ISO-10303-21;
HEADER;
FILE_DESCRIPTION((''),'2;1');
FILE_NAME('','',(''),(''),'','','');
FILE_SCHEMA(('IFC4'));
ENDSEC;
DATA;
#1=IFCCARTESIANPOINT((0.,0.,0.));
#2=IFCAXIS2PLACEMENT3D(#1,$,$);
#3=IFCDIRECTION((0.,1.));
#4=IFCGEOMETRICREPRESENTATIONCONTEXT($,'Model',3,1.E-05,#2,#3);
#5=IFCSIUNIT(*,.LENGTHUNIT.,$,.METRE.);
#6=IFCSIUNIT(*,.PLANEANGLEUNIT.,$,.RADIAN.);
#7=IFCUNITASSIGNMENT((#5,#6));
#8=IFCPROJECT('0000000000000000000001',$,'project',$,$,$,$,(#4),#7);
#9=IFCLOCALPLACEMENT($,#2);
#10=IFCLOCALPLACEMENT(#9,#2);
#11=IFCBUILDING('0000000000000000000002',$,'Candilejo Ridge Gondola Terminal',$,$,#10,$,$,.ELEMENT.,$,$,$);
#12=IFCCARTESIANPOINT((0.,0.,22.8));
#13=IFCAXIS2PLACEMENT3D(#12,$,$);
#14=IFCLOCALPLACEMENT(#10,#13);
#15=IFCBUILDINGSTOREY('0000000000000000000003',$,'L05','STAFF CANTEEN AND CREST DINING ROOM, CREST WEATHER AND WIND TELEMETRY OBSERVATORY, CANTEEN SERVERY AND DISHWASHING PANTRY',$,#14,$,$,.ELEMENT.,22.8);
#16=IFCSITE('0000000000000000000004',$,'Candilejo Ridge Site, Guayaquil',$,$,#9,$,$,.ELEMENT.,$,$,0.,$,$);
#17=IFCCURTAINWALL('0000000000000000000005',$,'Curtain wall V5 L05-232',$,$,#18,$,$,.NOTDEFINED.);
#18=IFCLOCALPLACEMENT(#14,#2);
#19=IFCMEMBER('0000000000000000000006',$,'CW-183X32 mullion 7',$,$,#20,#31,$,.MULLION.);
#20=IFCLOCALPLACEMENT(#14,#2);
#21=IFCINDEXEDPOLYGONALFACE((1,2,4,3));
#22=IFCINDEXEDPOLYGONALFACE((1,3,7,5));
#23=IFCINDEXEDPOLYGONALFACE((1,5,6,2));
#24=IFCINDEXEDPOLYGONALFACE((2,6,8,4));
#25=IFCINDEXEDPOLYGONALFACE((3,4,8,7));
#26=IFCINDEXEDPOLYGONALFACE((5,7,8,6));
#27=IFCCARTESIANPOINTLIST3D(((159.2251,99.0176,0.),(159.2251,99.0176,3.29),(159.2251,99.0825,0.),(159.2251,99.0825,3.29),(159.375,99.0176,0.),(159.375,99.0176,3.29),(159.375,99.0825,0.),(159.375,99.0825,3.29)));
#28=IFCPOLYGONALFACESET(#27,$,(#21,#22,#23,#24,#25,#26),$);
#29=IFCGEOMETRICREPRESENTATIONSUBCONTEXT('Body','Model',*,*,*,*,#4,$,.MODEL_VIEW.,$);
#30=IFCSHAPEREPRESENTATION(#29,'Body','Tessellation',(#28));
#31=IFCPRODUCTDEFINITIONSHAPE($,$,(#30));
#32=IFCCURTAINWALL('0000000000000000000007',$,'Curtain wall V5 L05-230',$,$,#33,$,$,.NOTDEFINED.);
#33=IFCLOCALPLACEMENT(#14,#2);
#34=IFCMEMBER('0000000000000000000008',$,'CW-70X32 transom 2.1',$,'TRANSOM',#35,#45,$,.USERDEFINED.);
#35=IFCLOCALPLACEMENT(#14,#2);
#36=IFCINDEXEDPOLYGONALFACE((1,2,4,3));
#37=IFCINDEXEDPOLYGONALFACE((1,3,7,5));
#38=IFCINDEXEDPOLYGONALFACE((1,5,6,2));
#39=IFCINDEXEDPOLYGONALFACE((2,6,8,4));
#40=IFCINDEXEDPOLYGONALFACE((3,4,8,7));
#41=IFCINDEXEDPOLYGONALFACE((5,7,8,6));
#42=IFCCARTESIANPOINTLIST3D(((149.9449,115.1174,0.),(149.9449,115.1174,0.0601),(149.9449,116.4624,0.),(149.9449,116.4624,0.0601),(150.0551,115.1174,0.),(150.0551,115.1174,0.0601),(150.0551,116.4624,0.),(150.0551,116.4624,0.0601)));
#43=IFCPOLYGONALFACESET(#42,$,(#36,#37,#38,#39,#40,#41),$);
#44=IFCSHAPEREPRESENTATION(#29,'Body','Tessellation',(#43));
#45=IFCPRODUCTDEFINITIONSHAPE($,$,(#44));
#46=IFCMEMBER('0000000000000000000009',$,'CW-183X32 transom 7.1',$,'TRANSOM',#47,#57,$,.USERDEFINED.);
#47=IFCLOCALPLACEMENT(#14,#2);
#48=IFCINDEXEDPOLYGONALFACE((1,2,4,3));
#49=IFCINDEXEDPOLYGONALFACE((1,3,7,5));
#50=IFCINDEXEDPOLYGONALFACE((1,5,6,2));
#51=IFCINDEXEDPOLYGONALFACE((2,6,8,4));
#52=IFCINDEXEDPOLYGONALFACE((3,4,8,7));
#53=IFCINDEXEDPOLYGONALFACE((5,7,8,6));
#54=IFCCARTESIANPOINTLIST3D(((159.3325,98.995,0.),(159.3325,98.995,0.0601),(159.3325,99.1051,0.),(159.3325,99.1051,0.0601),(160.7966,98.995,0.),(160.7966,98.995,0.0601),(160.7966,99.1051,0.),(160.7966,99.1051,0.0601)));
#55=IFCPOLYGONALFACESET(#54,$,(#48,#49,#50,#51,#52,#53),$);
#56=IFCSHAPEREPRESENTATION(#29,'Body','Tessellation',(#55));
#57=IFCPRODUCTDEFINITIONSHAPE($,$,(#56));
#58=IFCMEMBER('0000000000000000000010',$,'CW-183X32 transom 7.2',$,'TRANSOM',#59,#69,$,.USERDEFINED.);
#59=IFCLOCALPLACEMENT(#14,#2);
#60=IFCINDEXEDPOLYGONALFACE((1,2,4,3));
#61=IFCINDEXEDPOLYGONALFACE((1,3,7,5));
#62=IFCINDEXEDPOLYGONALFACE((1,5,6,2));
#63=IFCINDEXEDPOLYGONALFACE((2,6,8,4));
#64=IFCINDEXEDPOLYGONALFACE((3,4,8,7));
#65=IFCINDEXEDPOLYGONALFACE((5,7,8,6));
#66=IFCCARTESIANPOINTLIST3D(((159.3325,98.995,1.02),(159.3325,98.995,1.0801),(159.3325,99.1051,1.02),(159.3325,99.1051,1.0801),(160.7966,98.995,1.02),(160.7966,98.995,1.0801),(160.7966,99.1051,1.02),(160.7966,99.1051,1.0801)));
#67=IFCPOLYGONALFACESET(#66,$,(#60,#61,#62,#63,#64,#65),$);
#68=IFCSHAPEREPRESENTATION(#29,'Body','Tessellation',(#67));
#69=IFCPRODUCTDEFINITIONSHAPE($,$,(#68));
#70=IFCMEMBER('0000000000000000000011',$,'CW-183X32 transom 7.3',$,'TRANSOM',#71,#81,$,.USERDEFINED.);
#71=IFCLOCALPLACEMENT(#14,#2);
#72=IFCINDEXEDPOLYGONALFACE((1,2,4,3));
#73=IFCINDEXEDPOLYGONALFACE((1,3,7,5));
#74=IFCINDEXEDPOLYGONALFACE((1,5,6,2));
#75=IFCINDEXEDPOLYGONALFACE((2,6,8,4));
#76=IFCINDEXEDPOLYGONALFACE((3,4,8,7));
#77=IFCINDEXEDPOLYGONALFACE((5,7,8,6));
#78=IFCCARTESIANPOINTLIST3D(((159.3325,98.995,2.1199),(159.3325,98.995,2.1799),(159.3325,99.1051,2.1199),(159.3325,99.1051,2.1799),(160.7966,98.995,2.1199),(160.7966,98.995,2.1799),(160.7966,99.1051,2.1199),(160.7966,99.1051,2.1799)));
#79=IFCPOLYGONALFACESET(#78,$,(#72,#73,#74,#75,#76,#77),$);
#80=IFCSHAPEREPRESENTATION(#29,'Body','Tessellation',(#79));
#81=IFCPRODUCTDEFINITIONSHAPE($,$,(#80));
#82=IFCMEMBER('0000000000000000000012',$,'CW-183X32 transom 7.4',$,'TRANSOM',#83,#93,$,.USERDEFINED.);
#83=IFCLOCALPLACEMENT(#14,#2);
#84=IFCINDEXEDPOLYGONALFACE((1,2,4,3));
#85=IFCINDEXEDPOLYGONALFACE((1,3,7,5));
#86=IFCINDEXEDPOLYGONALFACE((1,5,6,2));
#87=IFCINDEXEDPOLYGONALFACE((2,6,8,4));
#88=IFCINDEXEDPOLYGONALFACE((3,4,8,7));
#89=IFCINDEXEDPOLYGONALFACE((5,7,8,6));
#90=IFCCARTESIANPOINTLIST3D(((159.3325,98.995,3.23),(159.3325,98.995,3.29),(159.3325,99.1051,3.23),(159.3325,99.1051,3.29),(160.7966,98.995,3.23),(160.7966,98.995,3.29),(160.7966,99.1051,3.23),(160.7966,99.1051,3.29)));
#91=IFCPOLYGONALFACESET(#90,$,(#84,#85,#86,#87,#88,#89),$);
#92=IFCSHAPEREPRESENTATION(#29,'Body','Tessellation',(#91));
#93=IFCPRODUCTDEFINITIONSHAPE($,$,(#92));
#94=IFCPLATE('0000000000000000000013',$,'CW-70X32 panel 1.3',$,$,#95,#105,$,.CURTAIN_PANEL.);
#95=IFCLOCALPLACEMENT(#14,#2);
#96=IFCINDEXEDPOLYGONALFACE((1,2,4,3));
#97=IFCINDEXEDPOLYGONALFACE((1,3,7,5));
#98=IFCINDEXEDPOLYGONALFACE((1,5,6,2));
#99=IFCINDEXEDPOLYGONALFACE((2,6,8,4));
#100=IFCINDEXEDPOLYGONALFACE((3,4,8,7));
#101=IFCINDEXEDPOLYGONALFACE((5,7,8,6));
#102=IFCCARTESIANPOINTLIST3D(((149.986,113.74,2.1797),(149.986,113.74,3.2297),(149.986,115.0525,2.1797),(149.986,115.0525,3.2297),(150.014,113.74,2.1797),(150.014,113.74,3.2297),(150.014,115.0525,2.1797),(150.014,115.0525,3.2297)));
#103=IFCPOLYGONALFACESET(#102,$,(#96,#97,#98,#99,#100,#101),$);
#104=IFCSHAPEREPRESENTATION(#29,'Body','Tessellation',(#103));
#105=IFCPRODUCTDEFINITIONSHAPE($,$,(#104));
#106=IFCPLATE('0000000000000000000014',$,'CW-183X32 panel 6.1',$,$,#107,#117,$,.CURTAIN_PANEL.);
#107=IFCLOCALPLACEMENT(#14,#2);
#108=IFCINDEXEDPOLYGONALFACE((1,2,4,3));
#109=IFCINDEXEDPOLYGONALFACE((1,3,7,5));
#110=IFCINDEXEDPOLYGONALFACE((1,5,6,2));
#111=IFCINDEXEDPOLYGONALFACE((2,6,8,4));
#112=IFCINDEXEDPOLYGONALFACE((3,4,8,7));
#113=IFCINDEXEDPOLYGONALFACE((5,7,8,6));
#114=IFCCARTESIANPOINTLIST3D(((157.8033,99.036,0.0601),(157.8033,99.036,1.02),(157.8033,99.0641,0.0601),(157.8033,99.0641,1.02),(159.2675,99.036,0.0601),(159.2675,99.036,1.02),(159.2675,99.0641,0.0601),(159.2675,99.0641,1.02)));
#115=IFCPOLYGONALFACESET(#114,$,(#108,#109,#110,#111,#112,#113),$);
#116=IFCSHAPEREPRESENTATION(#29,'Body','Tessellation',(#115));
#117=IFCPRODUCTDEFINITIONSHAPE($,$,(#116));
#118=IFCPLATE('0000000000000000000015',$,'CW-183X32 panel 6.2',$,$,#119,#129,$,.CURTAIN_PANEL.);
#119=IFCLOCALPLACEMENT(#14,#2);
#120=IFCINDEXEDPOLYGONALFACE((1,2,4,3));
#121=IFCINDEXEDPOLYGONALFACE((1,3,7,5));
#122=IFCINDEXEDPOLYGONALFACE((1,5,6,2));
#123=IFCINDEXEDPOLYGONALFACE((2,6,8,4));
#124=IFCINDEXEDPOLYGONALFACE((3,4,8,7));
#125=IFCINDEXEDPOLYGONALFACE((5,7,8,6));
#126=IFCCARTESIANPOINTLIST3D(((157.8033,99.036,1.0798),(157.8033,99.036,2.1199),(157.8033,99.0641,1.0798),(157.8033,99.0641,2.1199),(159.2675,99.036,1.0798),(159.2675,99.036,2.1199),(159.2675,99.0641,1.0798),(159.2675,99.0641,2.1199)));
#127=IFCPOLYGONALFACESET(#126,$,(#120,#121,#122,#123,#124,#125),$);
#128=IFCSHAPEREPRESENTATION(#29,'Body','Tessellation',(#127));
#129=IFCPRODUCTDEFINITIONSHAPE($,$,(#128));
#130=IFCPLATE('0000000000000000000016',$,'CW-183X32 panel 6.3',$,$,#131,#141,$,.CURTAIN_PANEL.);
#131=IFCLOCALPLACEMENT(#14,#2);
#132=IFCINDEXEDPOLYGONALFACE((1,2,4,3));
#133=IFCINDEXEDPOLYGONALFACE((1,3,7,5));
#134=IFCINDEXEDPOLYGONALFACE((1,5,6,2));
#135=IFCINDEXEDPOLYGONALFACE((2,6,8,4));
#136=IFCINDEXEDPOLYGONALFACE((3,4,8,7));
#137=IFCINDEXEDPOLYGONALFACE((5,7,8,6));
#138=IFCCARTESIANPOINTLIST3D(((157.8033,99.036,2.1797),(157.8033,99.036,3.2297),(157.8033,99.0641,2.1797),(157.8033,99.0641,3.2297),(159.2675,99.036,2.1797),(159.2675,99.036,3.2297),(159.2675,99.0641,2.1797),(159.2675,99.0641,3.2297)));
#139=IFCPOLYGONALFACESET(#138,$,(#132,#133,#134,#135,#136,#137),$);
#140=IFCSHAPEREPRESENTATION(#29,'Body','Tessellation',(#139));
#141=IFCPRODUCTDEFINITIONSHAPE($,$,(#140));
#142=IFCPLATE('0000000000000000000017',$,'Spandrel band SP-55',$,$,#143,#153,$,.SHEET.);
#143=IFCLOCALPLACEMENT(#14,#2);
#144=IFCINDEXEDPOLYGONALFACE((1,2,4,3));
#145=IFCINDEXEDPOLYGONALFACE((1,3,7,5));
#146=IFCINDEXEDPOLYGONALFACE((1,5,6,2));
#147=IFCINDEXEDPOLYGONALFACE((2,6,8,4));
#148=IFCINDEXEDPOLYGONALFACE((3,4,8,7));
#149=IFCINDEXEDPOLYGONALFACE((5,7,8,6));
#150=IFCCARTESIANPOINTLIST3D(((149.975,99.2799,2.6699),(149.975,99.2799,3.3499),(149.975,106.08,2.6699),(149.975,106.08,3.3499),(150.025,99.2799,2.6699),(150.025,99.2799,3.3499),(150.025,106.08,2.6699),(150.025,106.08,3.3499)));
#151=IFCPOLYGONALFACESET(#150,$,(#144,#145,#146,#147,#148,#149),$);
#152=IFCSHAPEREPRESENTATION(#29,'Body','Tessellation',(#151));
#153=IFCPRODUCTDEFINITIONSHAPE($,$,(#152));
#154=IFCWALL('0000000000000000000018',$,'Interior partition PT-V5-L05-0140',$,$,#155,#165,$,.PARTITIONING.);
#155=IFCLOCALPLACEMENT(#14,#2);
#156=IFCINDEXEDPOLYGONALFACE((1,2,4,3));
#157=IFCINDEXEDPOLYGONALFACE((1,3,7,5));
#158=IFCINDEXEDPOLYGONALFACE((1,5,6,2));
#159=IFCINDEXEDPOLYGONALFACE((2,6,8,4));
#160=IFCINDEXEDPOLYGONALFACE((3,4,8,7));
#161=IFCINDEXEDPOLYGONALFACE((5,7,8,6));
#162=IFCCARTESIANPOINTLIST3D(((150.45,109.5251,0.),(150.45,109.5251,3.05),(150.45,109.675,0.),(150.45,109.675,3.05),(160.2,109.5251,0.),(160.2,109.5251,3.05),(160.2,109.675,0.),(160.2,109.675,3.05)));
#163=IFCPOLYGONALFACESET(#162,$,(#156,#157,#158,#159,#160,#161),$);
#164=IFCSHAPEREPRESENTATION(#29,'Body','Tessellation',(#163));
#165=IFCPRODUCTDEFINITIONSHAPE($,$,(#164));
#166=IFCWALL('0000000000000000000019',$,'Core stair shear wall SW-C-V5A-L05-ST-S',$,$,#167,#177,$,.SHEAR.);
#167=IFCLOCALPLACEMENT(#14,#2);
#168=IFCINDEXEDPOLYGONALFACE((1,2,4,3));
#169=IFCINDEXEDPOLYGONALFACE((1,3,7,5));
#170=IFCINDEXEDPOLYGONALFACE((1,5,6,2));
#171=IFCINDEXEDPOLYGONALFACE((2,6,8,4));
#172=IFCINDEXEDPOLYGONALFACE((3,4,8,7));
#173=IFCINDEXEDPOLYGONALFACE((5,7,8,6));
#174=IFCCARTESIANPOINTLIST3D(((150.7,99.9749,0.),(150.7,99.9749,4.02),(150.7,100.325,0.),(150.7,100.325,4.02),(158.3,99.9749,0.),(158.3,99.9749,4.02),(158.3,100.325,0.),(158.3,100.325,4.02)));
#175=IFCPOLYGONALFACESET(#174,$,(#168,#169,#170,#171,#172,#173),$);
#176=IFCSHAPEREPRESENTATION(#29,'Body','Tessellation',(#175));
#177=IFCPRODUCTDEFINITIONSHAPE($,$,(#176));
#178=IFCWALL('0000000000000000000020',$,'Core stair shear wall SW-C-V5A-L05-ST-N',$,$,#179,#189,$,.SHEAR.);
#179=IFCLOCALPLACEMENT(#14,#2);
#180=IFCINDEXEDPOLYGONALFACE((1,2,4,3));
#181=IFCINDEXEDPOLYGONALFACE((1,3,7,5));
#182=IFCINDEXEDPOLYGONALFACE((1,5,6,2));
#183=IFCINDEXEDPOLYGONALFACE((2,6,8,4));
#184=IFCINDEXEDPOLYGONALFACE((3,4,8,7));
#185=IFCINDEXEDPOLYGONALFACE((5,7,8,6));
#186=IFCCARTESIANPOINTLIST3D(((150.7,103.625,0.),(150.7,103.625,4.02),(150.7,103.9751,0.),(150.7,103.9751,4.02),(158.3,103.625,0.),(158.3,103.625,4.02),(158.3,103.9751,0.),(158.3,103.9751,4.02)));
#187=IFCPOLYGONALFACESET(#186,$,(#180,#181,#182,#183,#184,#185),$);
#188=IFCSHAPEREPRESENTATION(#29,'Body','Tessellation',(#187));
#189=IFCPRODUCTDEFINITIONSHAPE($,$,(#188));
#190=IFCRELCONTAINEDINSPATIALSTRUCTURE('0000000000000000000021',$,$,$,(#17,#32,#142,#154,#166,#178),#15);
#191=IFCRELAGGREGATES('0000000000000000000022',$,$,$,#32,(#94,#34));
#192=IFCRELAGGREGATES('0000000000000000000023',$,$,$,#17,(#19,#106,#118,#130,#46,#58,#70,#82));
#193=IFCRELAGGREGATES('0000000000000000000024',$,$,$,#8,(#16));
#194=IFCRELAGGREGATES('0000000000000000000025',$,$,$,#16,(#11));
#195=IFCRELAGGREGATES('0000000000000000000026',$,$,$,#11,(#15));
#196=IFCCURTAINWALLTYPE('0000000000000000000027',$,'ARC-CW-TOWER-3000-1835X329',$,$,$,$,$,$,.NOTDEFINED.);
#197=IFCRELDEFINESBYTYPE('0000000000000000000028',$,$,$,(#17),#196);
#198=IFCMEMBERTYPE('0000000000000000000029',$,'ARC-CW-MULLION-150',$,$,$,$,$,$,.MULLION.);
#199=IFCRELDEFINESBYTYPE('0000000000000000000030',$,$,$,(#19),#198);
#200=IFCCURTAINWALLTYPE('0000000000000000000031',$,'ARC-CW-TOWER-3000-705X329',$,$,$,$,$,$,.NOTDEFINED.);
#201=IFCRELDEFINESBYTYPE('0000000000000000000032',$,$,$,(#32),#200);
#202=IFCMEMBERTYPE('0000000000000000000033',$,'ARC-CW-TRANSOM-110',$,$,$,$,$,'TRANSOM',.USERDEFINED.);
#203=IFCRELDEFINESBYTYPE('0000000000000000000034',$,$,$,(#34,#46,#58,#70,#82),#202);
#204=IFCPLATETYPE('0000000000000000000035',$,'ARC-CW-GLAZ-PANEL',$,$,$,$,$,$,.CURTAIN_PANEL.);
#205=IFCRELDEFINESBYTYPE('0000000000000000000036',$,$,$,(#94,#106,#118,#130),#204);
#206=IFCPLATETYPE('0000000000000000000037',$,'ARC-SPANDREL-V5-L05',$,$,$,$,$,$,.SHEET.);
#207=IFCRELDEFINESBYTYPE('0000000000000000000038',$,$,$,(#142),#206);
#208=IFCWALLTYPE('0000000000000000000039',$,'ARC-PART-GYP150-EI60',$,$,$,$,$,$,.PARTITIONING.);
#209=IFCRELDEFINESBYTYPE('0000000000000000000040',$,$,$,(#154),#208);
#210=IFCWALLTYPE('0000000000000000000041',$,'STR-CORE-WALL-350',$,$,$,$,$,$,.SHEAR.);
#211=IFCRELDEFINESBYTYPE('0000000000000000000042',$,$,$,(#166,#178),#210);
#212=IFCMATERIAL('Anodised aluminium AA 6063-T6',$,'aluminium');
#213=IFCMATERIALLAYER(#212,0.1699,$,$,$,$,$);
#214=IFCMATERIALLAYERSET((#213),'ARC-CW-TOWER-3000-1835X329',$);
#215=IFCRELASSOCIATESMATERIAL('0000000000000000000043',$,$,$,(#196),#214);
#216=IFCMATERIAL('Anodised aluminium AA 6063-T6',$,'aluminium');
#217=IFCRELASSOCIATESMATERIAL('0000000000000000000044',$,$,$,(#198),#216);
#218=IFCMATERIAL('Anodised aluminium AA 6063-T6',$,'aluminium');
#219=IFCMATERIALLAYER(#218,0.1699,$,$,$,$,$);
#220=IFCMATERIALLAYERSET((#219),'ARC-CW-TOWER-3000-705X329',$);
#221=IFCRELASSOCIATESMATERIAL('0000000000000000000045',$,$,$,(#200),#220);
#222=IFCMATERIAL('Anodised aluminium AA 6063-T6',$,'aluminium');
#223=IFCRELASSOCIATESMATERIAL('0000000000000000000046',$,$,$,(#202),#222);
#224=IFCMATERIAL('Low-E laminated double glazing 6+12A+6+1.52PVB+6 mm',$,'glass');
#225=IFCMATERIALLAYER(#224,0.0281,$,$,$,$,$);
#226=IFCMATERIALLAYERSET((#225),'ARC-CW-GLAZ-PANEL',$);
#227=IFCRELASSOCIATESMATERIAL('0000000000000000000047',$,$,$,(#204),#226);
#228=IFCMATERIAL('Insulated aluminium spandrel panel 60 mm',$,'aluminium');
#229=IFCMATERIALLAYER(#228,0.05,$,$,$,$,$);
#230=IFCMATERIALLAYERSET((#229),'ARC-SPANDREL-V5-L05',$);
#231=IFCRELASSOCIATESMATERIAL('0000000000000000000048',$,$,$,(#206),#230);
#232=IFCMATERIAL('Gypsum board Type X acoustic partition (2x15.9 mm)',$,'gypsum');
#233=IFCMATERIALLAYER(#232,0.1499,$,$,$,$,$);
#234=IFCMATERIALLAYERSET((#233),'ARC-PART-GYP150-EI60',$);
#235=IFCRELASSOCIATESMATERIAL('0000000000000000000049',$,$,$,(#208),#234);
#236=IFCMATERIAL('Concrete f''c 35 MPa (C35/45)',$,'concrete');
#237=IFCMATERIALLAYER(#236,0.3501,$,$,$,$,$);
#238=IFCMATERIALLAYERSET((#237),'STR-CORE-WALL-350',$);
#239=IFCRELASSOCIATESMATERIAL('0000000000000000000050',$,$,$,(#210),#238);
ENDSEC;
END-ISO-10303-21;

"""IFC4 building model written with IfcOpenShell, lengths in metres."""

from ifc_helpers import new_model, si_unit, direction, frame, frame_2d, origin, origin_2d, place, context, subcontext, project, spatial, rectangle, extrude, material, layer, layer_set, material_profile, profile_set, type_object, element, aggregate, save


model = new_model("IFC4")

# Units and contexts
model_context = context("Model", 3, precision=1e-05, world=origin(), true_north=direction((0.0, 1.0)))
body_context = subcontext(model_context, "Body", "Model", "MODEL_VIEW")
ifc_project = project(units=[si_unit("LENGTHUNIT", "METRE"), si_unit("PLANEANGLEUNIT", "RADIAN")], contexts=[model_context])

# Site, building, storey
site_placement = place(None, origin())
site = spatial("IfcSite", under=ifc_project, at=site_placement, Name="Candilejo Ridge Site, Guayaquil", CompositionType="ELEMENT", RefElevation=0.0)
building_placement = place(site_placement, origin())
building = spatial("IfcBuilding", under=site, at=building_placement, Name="Candilejo Ridge Gondola Terminal", CompositionType="ELEMENT")
storey_placement = place(building_placement, frame((0.0, 0.0, 22.8)))
storey = spatial("IfcBuildingStorey", under=building, at=storey_placement, Name="L05", Description="STAFF CANTEEN AND CREST DINING ROOM, CREST WEATHER AND WIND TELEMETRY OBSERVATORY, CANTEEN SERVERY AND DISHWASHING PANTRY", CompositionType="ELEMENT", Elevation=22.8)

# Curtain walls, members
ifc_material_1 = material(Name="Anodised aluminium AA 6063-T6", Category="aluminium")
ifc_layer_1 = layer(ifc_material_1, 0.1699)
ifc_layer_set_1 = layer_set([ifc_layer_1], Name="ARC-CW-TOWER-3000-1835X329")
curtain_wall_type_1 = type_object("IfcCurtainWallType", Name="ARC-CW-TOWER-3000-1835X329", PredefinedType="NOTDEFINED", material=ifc_layer_set_1)
curtain_wall_1_placement = place(storey_placement, origin())
curtain_wall_1 = element("IfcCurtainWall", 1, at=curtain_wall_1_placement, inside=storey, type_object=curtain_wall_type_1, Name="Curtain wall V5 L05-232", PredefinedType="NOTDEFINED")
ifc_material_2 = material(Name="Anodised aluminium AA 6063-T6", Category="aluminium")
ifc_material_profile_1 = material_profile(ifc_material_2, rectangle(XDim=0.0649, YDim=0.1499, at=origin_2d()))
ifc_profile_set_1 = profile_set([ifc_material_profile_1], Name="Anodised aluminium AA 6063-T6")
member_type_1 = type_object("IfcMemberType", Name="ARC-CW-MULLION-150", PredefinedType="MULLION", material=ifc_profile_set_1)
member_1_placement = place(storey_placement, frame((159.3, 99.05, 0.0), z_axis=(0.0, 0.0, 1.0), x_axis=(0.0, 1.0, 0.0)))
member_1 = element("IfcMember", 2, at=member_1_placement, type_object=member_type_1, Name="CW-183X32 mullion 7", PredefinedType="MULLION", context=body_context, shape_type="SweptSolid", body=[
    extrude(rectangle(XDim=0.0649, YDim=0.1499, at=origin_2d()), origin(), (0.0, 0.0, 1.0), 3.29),
])
ifc_material_3 = material(Name="Anodised aluminium AA 6063-T6", Category="aluminium")
ifc_layer_2 = layer(ifc_material_3, 0.1699)
ifc_layer_set_2 = layer_set([ifc_layer_2], Name="ARC-CW-TOWER-3000-705X329")
curtain_wall_type_2 = type_object("IfcCurtainWallType", Name="ARC-CW-TOWER-3000-705X329", PredefinedType="NOTDEFINED", material=ifc_layer_set_2)
curtain_wall_2_placement = place(storey_placement, origin())
curtain_wall_2 = element("IfcCurtainWall", 3, at=curtain_wall_2_placement, inside=storey, type_object=curtain_wall_type_2, Name="Curtain wall V5 L05-230", PredefinedType="NOTDEFINED")
ifc_material_4 = material(Name="Anodised aluminium AA 6063-T6", Category="aluminium")
ifc_material_profile_2 = material_profile(ifc_material_4, rectangle(XDim=0.1101, YDim=0.0601, at=origin_2d()))
ifc_profile_set_2 = profile_set([ifc_material_profile_2], Name="Anodised aluminium AA 6063-T6")
member_type_2 = type_object("IfcMemberType", Name="ARC-CW-TRANSOM-110", ElementType="TRANSOM", PredefinedType="USERDEFINED", material=ifc_profile_set_2)
member_2_placement = place(storey_placement, frame((150.0, 115.1174, 0.03), z_axis=(0.0, 1.0, 0.0), x_axis=(-1.0, 0.0, 0.0)))
member_2 = element("IfcMember", 4, at=member_2_placement, type_object=member_type_2, Name="CW-70X32 transom 2.1", ObjectType="TRANSOM", PredefinedType="USERDEFINED", context=body_context, shape_type="SweptSolid", body=[
    extrude(rectangle(XDim=0.1101, YDim=0.0601, at=origin_2d()), origin(), (0.0, 0.0, 1.0), 1.345),
])

# Members
member_3_placement = place(storey_placement, frame((159.3325, 99.05, 0.03), z_axis=(1.0, 0.0, 0.0), x_axis=(0.0, 1.0, 0.0)))
member_3 = element("IfcMember", 5, at=member_3_placement, type_object=member_type_2, Name="CW-183X32 transom 7.1", ObjectType="TRANSOM", PredefinedType="USERDEFINED", context=body_context, shape_type="SweptSolid", body=[
    extrude(rectangle(XDim=0.1101, YDim=0.0601, at=origin_2d()), origin(), (0.0, 0.0, 1.0), 1.4641),
])
member_4_placement = place(storey_placement, frame((159.3325, 99.05, 1.05), z_axis=(1.0, 0.0, 0.0), x_axis=(0.0, 1.0, 0.0)))
member_4 = element("IfcMember", 6, at=member_4_placement, type_object=member_type_2, Name="CW-183X32 transom 7.2", ObjectType="TRANSOM", PredefinedType="USERDEFINED", context=body_context, shape_type="SweptSolid", body=[
    extrude(rectangle(XDim=0.1101, YDim=0.0601, at=origin_2d()), origin(), (0.0, 0.0, 1.0), 1.4641),
])
member_5_placement = place(storey_placement, frame((159.3325, 99.05, 2.1499), z_axis=(1.0, 0.0, 0.0), x_axis=(0.0, 1.0, 0.0)))
member_5 = element("IfcMember", 7, at=member_5_placement, type_object=member_type_2, Name="CW-183X32 transom 7.3", ObjectType="TRANSOM", PredefinedType="USERDEFINED", context=body_context, shape_type="SweptSolid", body=[
    extrude(rectangle(XDim=0.1101, YDim=0.0601, at=origin_2d()), origin(), (0.0, 0.0, 1.0), 1.4641),
])
member_6_placement = place(storey_placement, frame((159.3325, 99.05, 3.26), z_axis=(1.0, 0.0, 0.0), x_axis=(0.0, 1.0, 0.0)))
member_6 = element("IfcMember", 8, at=member_6_placement, type_object=member_type_2, Name="CW-183X32 transom 7.4", ObjectType="TRANSOM", PredefinedType="USERDEFINED", context=body_context, shape_type="SweptSolid", body=[
    extrude(rectangle(XDim=0.1101, YDim=0.0601, at=origin_2d()), origin(), (0.0, 0.0, 1.0), 1.4641),
])

# Plates
ifc_material_5 = material(Name="Low-E laminated double glazing 6+12A+6+1.52PVB+6 mm", Category="glass")
ifc_layer_3 = layer(ifc_material_5, 0.0281)
ifc_layer_set_3 = layer_set([ifc_layer_3], Name="ARC-CW-GLAZ-PANEL")
plate_type_1 = type_object("IfcPlateType", Name="ARC-CW-GLAZ-PANEL", PredefinedType="CURTAIN_PANEL", material=ifc_layer_set_3)
plate_1_placement = place(storey_placement, frame((150.0, 114.3962, 2.1797), z_axis=(0.0, 0.0, 1.0), x_axis=(0.0, 1.0, 0.0)))
plate_1 = element("IfcPlate", 9, at=plate_1_placement, type_object=plate_type_1, Name="CW-70X32 panel 1.3", PredefinedType="CURTAIN_PANEL", context=body_context, shape_type="SweptSolid", body=[
    extrude(rectangle(XDim=1.3125, YDim=0.0281, at=origin_2d()), origin(), (0.0, 0.0, 1.0), 1.05),
])
aggregate(curtain_wall_2, [plate_1, member_2])
plate_2_placement = place(storey_placement, frame((158.5354, 99.05, 0.0601), z_axis=(0.0, 0.0, 1.0), x_axis=(1.0, 0.0, 0.0)))
plate_2 = element("IfcPlate", 10, at=plate_2_placement, type_object=plate_type_1, Name="CW-183X32 panel 6.1", PredefinedType="CURTAIN_PANEL", context=body_context, shape_type="SweptSolid", body=[
    extrude(rectangle(XDim=1.4641, YDim=0.0281, at=origin_2d()), origin(), (0.0, 0.0, 1.0), 0.96),
])
plate_3_placement = place(storey_placement, frame((158.5354, 99.05, 1.0798), z_axis=(0.0, 0.0, 1.0), x_axis=(1.0, 0.0, 0.0)))
plate_3 = element("IfcPlate", 11, at=plate_3_placement, type_object=plate_type_1, Name="CW-183X32 panel 6.2", PredefinedType="CURTAIN_PANEL", context=body_context, shape_type="SweptSolid", body=[
    extrude(rectangle(XDim=1.4641, YDim=0.0281, at=origin_2d()), origin(), (0.0, 0.0, 1.0), 1.04),
])
plate_4_placement = place(storey_placement, frame((158.5354, 99.05, 2.1797), z_axis=(0.0, 0.0, 1.0), x_axis=(1.0, 0.0, 0.0)))
plate_4 = element("IfcPlate", 12, at=plate_4_placement, type_object=plate_type_1, Name="CW-183X32 panel 6.3", PredefinedType="CURTAIN_PANEL", context=body_context, shape_type="SweptSolid", body=[
    extrude(rectangle(XDim=1.4641, YDim=0.0281, at=origin_2d()), origin(), (0.0, 0.0, 1.0), 1.05),
])
aggregate(curtain_wall_1, [member_1, plate_2, plate_3, plate_4, member_3, member_4, member_5, member_6])
ifc_material_6 = material(Name="Insulated aluminium spandrel panel 60 mm", Category="aluminium")
ifc_layer_4 = layer(ifc_material_6, 0.05)
ifc_layer_set_4 = layer_set([ifc_layer_4], Name="ARC-SPANDREL-V5-L05")
plate_type_2 = type_object("IfcPlateType", Name="ARC-SPANDREL-V5-L05", PredefinedType="SHEET", material=ifc_layer_set_4)
plate_5_placement = place(storey_placement, frame((150.0, 102.6799, 2.6699), z_axis=(0.0, 0.0, 1.0), x_axis=(0.0, 1.0, 0.0)))
element("IfcPlate", 13, at=plate_5_placement, inside=storey, type_object=plate_type_2, Name="Spandrel band SP-55", PredefinedType="SHEET", context=body_context, shape_type="SweptSolid", body=[
    extrude(rectangle(XDim=6.8, YDim=0.05, at=origin_2d()), origin(), (0.0, 0.0, 1.0), 0.6799),
])

# Walls
ifc_material_7 = material(Name="Gypsum board Type X acoustic partition (2x15.9 mm)", Category="gypsum")
ifc_layer_5 = layer(ifc_material_7, 0.1499)
ifc_layer_set_5 = layer_set([ifc_layer_5], Name="ARC-PART-GYP150-EI60")
wall_type_1 = type_object("IfcWallType", Name="ARC-PART-GYP150-EI60", PredefinedType="PARTITIONING", material=ifc_layer_set_5)
wall_1_placement = place(storey_placement, frame((150.45, 109.6001, 0.0), z_axis=(0.0, 0.0, 1.0), x_axis=(1.0, 0.0, 0.0)))
element("IfcWall", 14, at=wall_1_placement, inside=storey, type_object=wall_type_1, Name="Interior partition PT-V5-L05-0140", PredefinedType="PARTITIONING", context=body_context, shape_type="SweptSolid", body=[
    extrude(rectangle(XDim=9.75, YDim=0.1499, at=frame_2d((4.875, 0.0))), origin(), (0.0, 0.0, 1.0), 3.05),
])
ifc_material_8 = material(Name="Concrete f'c 35 MPa (C35/45)", Category="concrete")
ifc_layer_6 = layer(ifc_material_8, 0.3501)
ifc_layer_set_6 = layer_set([ifc_layer_6], Name="STR-CORE-WALL-350")
wall_type_2 = type_object("IfcWallType", Name="STR-CORE-WALL-350", PredefinedType="SHEAR", material=ifc_layer_set_6)
for number, where, z_axis, x_axis, name in (
    (15, (150.7, 100.1499, 0.0), (0.0, 0.0, 1.0), (1.0, 0.0, 0.0), "Core stair shear wall SW-C-V5A-L05-ST-S"),
    (16, (158.3, 103.8, 0.0), (0.0, 0.0, 1.0), (-1.0, 0.0, 0.0), "Core stair shear wall SW-C-V5A-L05-ST-N"),
):
    element("IfcWall", number, at=place(storey_placement, frame(where, z_axis=z_axis, x_axis=x_axis)), inside=storey, type_object=wall_type_2, Name=name, PredefinedType="SHEAR", context=body_context, shape_type="SweptSolid", body=[
        extrude(rectangle(XDim=7.6001, YDim=0.3501, at=frame_2d((3.8, 0.0))), origin(), (0.0, 0.0, 1.0), 4.02),
    ])

save(model, "model.ifc")
